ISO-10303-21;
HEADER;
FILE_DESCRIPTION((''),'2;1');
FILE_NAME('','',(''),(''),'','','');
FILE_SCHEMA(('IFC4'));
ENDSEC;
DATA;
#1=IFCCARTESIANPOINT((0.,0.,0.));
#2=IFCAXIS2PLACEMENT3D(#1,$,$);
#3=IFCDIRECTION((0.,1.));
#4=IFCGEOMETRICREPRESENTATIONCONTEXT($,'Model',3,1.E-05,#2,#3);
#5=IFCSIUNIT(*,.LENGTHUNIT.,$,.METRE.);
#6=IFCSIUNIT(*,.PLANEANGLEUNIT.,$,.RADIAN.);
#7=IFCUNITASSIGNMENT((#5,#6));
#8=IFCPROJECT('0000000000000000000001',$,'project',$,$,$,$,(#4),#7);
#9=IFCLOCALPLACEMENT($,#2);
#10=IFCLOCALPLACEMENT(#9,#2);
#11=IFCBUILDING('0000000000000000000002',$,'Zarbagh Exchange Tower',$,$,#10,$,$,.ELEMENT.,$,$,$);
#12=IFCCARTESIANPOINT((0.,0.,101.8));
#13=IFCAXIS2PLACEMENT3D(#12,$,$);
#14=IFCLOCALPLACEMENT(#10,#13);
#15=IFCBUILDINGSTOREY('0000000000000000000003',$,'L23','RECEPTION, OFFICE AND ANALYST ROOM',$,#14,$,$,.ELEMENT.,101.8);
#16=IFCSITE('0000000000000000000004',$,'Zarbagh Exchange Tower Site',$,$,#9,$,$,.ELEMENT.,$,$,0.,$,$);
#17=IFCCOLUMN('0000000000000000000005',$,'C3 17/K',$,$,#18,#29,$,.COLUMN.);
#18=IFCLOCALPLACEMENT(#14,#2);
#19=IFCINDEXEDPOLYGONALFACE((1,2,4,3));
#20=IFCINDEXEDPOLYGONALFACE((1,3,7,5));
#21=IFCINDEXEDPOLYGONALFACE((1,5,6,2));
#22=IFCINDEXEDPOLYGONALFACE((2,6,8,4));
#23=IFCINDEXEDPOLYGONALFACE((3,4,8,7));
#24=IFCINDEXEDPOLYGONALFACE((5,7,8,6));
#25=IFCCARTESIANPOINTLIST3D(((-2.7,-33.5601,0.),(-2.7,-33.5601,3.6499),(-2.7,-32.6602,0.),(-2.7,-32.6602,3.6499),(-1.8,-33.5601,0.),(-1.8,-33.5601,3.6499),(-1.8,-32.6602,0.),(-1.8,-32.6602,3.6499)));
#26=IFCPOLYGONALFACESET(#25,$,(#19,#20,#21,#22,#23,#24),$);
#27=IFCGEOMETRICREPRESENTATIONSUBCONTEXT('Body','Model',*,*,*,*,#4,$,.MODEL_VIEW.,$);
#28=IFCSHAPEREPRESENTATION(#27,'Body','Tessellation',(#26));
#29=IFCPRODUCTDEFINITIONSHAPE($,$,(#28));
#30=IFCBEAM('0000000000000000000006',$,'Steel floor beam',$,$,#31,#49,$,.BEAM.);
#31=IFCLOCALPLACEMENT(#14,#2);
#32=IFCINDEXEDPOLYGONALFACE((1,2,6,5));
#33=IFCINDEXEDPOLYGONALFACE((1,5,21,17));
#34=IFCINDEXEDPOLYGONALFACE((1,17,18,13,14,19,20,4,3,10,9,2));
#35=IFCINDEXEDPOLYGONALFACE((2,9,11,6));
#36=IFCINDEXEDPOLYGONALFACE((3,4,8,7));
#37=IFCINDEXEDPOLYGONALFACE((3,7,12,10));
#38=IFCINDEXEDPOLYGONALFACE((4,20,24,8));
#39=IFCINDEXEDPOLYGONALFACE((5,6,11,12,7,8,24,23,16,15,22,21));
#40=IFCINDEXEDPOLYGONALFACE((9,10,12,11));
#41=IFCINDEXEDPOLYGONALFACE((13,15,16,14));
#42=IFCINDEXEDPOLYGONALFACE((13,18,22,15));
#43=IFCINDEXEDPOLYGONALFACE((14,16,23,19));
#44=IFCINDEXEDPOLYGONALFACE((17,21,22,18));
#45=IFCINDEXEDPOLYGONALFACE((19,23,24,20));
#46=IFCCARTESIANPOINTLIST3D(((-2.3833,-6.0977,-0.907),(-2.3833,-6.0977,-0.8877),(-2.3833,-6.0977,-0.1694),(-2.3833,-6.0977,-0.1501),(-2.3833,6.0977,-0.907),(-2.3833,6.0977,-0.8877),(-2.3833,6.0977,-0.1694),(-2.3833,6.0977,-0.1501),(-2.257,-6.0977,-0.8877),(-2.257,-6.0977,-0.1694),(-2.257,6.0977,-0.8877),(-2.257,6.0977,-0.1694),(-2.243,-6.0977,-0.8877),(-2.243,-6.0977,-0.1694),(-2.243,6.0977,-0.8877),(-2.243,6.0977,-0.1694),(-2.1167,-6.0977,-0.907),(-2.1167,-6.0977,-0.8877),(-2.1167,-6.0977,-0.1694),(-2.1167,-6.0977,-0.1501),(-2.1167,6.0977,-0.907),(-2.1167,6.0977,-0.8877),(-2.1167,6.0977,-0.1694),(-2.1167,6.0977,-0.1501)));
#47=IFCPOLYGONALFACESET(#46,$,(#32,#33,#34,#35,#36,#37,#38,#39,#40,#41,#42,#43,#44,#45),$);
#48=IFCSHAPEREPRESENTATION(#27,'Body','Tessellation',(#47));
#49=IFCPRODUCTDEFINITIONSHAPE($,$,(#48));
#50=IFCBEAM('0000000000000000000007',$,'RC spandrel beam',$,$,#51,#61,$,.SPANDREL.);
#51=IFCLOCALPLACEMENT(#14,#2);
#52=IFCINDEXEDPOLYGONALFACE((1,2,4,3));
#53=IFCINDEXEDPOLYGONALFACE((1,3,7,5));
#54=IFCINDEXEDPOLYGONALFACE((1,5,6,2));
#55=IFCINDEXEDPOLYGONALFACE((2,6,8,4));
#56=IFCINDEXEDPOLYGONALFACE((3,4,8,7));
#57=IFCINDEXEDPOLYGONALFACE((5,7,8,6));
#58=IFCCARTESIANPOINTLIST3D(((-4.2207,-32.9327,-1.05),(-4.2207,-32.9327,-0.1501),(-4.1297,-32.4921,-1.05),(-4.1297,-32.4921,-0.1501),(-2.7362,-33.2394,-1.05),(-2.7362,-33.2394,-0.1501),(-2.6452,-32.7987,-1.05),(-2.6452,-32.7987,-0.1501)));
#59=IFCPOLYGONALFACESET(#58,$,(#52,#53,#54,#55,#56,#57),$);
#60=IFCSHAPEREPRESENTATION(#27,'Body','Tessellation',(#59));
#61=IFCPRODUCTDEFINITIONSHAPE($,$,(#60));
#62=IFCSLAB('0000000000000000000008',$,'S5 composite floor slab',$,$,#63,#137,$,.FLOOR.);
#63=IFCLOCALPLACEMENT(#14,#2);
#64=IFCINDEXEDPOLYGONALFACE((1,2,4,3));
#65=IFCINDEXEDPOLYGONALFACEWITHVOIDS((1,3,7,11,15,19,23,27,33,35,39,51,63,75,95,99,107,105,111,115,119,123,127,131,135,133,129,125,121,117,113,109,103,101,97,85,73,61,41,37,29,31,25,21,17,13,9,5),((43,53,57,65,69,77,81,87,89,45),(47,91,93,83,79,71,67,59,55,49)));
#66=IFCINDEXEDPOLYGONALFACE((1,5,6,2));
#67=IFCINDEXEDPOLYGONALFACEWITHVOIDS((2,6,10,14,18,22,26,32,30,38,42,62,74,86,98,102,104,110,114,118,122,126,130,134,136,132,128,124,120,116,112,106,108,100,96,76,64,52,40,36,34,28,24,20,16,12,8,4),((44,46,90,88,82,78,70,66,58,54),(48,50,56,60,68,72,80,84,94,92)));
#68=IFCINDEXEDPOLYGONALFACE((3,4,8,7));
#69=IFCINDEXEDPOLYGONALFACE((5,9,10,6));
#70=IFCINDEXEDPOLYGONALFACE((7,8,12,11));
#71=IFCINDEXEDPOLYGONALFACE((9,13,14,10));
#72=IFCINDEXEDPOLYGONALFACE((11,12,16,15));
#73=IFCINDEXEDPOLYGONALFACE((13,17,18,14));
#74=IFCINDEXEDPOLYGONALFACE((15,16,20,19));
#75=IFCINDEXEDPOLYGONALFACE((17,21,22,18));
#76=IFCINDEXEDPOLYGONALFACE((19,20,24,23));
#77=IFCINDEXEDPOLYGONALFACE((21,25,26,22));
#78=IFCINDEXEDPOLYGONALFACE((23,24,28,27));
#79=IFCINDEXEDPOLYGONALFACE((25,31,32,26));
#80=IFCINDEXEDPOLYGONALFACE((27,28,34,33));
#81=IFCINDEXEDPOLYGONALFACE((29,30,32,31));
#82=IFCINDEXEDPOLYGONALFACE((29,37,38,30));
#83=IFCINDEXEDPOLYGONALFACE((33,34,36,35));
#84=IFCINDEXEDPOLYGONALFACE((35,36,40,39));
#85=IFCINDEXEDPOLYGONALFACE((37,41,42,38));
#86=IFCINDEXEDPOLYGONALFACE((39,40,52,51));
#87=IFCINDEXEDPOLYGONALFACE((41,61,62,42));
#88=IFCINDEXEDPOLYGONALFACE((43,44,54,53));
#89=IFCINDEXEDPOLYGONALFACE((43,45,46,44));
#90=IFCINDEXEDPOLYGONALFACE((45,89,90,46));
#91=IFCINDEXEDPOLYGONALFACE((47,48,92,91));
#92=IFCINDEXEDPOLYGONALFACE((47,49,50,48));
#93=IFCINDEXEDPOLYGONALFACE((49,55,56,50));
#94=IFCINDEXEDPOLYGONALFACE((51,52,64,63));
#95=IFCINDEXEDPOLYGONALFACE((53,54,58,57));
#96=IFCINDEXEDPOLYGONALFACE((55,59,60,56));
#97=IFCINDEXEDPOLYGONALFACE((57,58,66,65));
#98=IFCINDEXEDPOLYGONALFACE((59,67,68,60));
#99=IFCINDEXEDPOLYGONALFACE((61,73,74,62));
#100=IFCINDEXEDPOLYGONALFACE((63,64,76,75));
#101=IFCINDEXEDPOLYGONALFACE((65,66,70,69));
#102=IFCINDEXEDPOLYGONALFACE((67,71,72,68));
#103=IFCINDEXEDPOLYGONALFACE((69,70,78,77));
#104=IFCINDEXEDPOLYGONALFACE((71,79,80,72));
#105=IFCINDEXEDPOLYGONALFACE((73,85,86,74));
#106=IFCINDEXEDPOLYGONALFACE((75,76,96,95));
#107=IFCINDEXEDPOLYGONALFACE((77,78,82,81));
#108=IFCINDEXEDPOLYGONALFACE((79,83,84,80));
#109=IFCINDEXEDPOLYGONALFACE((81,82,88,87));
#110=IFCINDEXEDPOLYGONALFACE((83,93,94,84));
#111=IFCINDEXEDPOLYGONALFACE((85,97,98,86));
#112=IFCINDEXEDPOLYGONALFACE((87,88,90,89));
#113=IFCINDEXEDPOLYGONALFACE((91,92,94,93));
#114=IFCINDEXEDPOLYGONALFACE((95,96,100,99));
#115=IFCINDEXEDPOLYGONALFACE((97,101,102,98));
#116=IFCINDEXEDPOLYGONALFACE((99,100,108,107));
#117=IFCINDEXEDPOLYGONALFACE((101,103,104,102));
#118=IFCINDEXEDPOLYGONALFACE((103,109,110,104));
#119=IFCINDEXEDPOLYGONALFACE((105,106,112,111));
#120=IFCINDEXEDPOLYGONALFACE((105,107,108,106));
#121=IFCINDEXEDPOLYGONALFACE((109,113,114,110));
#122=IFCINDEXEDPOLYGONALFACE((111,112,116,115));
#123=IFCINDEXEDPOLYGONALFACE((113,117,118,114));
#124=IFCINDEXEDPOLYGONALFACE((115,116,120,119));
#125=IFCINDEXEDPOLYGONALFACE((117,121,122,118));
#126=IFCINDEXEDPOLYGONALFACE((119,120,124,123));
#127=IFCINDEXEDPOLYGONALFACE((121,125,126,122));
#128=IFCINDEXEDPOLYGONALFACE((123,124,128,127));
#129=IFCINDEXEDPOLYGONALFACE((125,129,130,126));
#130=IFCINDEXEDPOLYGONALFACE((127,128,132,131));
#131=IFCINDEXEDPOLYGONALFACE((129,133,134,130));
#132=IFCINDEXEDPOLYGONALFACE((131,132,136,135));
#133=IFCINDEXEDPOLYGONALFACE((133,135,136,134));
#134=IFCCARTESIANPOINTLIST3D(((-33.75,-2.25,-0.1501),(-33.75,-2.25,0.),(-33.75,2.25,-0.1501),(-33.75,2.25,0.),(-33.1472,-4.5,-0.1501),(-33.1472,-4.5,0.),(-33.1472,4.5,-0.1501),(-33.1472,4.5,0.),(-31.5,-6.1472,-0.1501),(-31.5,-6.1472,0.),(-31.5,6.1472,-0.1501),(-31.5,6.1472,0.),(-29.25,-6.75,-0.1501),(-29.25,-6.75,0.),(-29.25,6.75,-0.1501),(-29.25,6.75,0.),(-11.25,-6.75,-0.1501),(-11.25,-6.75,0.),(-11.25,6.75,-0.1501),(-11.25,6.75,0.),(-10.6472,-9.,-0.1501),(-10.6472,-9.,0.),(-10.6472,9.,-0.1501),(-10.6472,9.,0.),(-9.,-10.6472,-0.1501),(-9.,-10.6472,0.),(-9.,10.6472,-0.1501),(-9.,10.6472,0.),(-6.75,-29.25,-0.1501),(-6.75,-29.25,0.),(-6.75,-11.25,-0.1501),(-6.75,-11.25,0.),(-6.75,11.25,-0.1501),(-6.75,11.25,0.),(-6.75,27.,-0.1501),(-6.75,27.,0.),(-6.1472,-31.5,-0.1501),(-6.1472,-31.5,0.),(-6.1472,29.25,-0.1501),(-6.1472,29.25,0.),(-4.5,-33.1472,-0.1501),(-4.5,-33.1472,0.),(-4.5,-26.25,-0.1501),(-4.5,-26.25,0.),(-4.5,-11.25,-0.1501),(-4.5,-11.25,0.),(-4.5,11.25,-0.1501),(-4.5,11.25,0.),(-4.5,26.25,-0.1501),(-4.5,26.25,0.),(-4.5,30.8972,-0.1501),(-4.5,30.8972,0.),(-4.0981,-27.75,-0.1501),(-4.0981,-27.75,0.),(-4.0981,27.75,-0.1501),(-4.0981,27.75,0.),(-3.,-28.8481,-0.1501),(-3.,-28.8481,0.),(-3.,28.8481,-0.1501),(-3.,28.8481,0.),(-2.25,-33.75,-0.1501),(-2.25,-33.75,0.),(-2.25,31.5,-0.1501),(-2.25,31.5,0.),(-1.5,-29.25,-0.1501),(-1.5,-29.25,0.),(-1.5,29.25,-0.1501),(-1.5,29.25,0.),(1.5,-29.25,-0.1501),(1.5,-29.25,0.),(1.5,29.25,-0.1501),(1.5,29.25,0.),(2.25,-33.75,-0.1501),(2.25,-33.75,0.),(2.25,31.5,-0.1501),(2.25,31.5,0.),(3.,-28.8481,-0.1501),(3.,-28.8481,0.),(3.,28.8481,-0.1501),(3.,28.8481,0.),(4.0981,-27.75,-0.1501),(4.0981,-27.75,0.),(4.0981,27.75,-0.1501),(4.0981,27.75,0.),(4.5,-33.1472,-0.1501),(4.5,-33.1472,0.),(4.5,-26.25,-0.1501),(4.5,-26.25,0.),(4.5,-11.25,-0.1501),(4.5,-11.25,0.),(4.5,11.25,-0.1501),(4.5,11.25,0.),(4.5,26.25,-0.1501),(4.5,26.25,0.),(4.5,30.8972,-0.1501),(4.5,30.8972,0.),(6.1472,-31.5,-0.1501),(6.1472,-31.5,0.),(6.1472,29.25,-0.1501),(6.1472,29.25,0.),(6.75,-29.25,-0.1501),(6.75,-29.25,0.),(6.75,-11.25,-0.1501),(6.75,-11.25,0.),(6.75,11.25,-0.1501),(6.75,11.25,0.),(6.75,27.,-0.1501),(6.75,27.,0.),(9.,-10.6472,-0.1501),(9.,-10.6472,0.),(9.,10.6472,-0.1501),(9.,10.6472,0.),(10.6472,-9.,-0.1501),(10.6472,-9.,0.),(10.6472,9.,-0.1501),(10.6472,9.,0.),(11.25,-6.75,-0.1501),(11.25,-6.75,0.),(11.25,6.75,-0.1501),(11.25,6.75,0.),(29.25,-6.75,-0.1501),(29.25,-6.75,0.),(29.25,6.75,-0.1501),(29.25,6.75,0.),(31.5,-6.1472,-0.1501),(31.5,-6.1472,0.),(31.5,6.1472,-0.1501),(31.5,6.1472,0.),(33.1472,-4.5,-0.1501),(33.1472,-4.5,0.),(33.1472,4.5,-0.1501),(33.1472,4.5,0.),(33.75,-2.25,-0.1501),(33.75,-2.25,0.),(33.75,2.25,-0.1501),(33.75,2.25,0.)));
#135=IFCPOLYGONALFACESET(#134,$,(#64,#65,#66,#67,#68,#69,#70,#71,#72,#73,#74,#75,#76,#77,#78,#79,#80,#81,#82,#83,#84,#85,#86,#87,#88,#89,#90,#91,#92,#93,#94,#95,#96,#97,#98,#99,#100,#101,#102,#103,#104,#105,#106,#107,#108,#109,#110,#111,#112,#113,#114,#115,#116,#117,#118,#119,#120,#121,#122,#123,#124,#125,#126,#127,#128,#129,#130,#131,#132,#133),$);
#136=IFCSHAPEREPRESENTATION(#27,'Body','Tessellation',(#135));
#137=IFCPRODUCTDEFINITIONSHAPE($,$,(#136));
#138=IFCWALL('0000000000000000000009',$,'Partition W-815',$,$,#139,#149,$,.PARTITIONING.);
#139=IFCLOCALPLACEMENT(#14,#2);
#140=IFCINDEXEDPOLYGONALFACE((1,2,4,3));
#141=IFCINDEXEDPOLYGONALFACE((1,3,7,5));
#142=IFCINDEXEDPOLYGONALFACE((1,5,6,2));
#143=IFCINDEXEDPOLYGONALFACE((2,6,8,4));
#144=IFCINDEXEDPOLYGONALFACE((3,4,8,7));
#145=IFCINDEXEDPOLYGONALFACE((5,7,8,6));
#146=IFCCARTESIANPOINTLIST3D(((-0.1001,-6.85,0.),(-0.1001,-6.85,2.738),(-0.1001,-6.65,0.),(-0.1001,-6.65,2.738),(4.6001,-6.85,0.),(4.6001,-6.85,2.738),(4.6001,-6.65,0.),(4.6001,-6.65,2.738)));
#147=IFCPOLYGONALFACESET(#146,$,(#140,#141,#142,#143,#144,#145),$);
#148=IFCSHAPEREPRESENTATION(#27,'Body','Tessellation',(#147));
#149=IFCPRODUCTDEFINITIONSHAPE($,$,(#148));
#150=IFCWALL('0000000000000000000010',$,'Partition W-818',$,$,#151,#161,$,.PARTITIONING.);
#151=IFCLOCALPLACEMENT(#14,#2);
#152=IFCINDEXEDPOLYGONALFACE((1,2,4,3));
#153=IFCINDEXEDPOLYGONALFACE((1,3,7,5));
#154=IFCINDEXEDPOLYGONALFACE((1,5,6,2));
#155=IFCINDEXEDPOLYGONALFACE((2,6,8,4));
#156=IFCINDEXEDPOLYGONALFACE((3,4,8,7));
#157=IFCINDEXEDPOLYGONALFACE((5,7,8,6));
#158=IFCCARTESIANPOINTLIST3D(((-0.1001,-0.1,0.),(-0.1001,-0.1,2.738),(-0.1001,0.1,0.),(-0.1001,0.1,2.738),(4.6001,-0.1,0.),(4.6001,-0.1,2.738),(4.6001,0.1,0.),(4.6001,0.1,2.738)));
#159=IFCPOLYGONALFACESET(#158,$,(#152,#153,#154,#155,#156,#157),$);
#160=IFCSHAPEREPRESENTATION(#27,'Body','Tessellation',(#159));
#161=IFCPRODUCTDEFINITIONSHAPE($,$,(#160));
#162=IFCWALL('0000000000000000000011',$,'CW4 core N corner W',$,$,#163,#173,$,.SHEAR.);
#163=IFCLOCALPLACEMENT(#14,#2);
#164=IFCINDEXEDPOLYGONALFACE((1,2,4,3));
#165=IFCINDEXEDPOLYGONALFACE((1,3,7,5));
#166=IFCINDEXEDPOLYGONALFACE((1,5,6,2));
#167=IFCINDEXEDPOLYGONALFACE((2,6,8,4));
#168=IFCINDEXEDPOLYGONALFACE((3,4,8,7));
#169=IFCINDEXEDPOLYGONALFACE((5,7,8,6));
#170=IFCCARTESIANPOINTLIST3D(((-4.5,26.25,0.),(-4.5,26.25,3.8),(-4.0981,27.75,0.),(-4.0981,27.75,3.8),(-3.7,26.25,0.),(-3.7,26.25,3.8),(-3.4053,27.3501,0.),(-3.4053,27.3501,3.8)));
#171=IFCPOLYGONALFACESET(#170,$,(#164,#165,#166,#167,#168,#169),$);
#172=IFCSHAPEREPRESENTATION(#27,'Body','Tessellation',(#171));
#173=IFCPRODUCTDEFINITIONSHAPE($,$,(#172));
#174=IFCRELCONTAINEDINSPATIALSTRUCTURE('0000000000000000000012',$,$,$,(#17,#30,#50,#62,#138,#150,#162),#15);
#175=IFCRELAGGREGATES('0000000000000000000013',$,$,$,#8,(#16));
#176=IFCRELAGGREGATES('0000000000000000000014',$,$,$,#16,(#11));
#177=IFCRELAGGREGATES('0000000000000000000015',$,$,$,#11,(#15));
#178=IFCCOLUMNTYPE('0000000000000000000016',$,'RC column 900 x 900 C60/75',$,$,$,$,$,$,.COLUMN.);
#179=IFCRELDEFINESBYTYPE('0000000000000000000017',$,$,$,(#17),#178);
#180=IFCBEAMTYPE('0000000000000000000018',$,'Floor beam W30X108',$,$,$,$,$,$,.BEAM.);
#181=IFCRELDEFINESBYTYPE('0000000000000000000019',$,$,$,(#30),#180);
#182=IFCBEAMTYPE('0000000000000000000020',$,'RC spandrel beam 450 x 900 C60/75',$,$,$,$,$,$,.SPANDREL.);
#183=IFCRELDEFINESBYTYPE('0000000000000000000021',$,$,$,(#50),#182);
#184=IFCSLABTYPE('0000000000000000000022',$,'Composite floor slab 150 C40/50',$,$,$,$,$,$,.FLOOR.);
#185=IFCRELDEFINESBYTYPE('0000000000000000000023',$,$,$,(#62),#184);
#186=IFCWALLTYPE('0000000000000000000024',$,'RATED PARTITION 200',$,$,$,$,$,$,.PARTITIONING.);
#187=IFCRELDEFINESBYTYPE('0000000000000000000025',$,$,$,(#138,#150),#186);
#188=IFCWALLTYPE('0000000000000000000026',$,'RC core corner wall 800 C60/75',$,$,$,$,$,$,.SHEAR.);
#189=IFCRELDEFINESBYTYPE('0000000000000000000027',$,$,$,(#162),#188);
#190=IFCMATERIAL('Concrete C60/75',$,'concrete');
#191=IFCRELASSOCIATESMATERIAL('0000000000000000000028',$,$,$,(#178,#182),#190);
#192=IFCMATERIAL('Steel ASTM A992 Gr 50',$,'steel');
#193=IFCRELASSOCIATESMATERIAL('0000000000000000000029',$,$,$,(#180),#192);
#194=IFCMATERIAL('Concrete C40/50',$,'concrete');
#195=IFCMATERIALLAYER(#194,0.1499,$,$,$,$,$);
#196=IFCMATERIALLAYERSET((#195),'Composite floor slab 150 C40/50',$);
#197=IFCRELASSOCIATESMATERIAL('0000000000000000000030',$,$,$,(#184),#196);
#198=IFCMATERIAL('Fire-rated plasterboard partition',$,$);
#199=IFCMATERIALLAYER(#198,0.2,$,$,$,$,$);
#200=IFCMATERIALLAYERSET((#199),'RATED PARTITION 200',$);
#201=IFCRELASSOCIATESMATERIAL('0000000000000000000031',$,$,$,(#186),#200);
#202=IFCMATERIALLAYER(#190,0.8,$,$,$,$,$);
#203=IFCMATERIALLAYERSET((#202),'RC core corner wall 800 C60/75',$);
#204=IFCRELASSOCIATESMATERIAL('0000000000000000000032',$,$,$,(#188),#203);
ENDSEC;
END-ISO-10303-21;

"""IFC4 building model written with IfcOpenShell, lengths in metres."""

from ifc_helpers import new_model, si_unit, direction, frame, frame_2d, origin, origin_2d, place, context, subcontext, project, spatial, polyline, rectangle, i_section, outline, extrude, material, layer, layer_set, material_profile, profile_set, type_object, element, save


model = new_model("IFC4")

# Units and contexts
model_context = context("Model", 3, precision=1e-05, world=origin(), true_north=direction((0.0, 1.0)))
body_context = subcontext(model_context, "Body", "Model", "MODEL_VIEW")
ifc_project = project(units=[si_unit("LENGTHUNIT", "METRE"), si_unit("PLANEANGLEUNIT", "RADIAN")], contexts=[model_context])

# Site, building, storey
site_placement = place(None, origin())
site = spatial("IfcSite", under=ifc_project, at=site_placement, Name="Zarbagh Exchange Tower Site", CompositionType="ELEMENT", RefElevation=0.0)
building_placement = place(site_placement, origin())
building = spatial("IfcBuilding", under=site, at=building_placement, Name="Zarbagh Exchange Tower", CompositionType="ELEMENT")
storey_placement = place(building_placement, frame((0.0, 0.0, 101.8)))
storey = spatial("IfcBuildingStorey", under=building, at=storey_placement, Name="L23", Description="RECEPTION, OFFICE AND ANALYST ROOM", CompositionType="ELEMENT", Elevation=101.8)

# Column
ifc_material_1 = material(Name="Concrete C60/75", Category="concrete")
ifc_material_profile_1 = material_profile(ifc_material_1, rectangle(XDim=0.8999, YDim=0.8999, at=origin_2d()), Name="RC column 900 x 900 C60/75")
ifc_profile_set_1 = profile_set([ifc_material_profile_1], Name="Concrete C60/75")
column_type = type_object("IfcColumnType", Name="RC column 900 x 900 C60/75", PredefinedType="COLUMN", material=ifc_profile_set_1)
column_placement = place(storey_placement, frame((-2.25, -33.1101, 0.0), z_axis=(0.0, 0.0, 1.0), x_axis=(1.0, 0.0, 0.0)))
element("IfcColumn", 1, at=column_placement, inside=storey, type_object=column_type, Name="C3 17/K", PredefinedType="COLUMN", context=body_context, shape_type="SweptSolid", body=[
    extrude(rectangle(XDim=0.8999, YDim=0.8999, at=origin_2d()), origin(), (0.0, 0.0, 1.0), 3.6499),
])

# Beams
ifc_material_2 = material(Name="Steel ASTM A992 Gr 50", Category="steel")
ifc_material_profile_2 = material_profile(ifc_material_2, i_section(OverallWidth=0.2666, OverallDepth=0.7568, WebThickness=0.0139, FlangeThickness=0.0193, at=origin_2d()), Name="W30X108")
ifc_profile_set_2 = profile_set([ifc_material_profile_2], Name="Steel ASTM A992 Gr 50")
beam_type_1 = type_object("IfcBeamType", Name="Floor beam W30X108", PredefinedType="BEAM", material=ifc_profile_set_2)
beam_1_placement = place(storey_placement, frame((-2.25, -6.0977, -0.5286), z_axis=(0.0, 1.0, 0.0), x_axis=(-1.0, 0.0, 0.0)))
element("IfcBeam", 2, at=beam_1_placement, inside=storey, type_object=beam_type_1, Name="Steel floor beam", PredefinedType="BEAM", context=body_context, shape_type="SweptSolid", body=[
    extrude(i_section(OverallWidth=0.2666, OverallDepth=0.7568, WebThickness=0.0139, FlangeThickness=0.0193, at=origin_2d()), origin(), (0.0, 0.0, 1.0), 12.1953),
])
ifc_material_profile_3 = material_profile(ifc_material_1, rectangle(XDim=0.45, YDim=0.8999, at=origin_2d()), Name="RC spandrel beam 450 x 900 C60/75")
ifc_profile_set_3 = profile_set([ifc_material_profile_3], Name="Concrete C60/75")
beam_type_2 = type_object("IfcBeamType", Name="RC spandrel beam 450 x 900 C60/75", PredefinedType="SPANDREL", material=ifc_profile_set_3)
beam_2_placement = place(storey_placement, frame((-2.6907, -33.019, -0.6001), z_axis=(-0.979329, 0.202275, 0.0), x_axis=(-0.202275, -0.979329, 0.0)))
element("IfcBeam", 3, at=beam_2_placement, inside=storey, type_object=beam_type_2, Name="RC spandrel beam", PredefinedType="SPANDREL", context=body_context, shape_type="SweptSolid", body=[
    extrude(rectangle(XDim=0.45, YDim=0.8999, at=origin_2d()), origin(), (0.0, 0.0, 1.0), 1.5159),
])

# Slab
ifc_material_3 = material(Name="Concrete C40/50", Category="concrete")
ifc_layer_1 = layer(ifc_material_3, 0.1499)
ifc_layer_set_1 = layer_set([ifc_layer_1], Name="Composite floor slab 150 C40/50")
slab_type = type_object("IfcSlabType", Name="Composite floor slab 150 C40/50", PredefinedType="FLOOR", material=ifc_layer_set_1)
slab_placement = place(storey_placement, frame((0.0, 0.0, -0.1501)))
element("IfcSlab", 4, at=slab_placement, inside=storey, type_object=slab_type, Name="S5 composite floor slab", PredefinedType="FLOOR", context=body_context, shape_type="SweptSolid", body=[
    extrude(outline(polyline([(-2.25, -33.75), (-4.5, -33.1472), (-6.1472, -31.5), (-6.75, -29.25), (-6.75, -11.25), (-9.0, -10.6472), (-10.6472, -9.0), (-11.25, -6.75), (-29.25, -6.75), (-31.5, -6.1472), (-33.1472, -4.5), (-33.75, -2.25), (-33.75, 2.25), (-33.1472, 4.5), (-31.5, 6.1472), (-29.25, 6.75), (-11.25, 6.75), (-10.6472, 9.0), (-9.0, 10.6472), (-6.75, 11.25), (-6.75, 27.0), (-6.1472, 29.25), (-4.5, 30.8972), (-2.25, 31.5), (2.25, 31.5), (4.5, 30.8972), (6.1472, 29.25), (6.75, 27.0), (6.75, 11.25), (9.0, 10.6472), (10.6472, 9.0), (11.25, 6.75), (29.25, 6.75), (31.5, 6.1472), (33.1472, 4.5), (33.75, 2.25), (33.75, -2.25), (33.1472, -4.5), (31.5, -6.1472), (29.25, -6.75), (11.25, -6.75), (10.6472, -9.0), (9.0, -10.6472), (6.75, -11.25), (6.75, -29.25), (6.1472, -31.5), (4.5, -33.1472), (2.25, -33.75), (-2.25, -33.75)]), holes=[polyline([(4.5, 11.25), (4.5, 26.25), (4.0981, 27.75), (3.0, 28.8481), (1.5, 29.25), (-1.5, 29.25), (-3.0, 28.8481), (-4.0981, 27.75), (-4.5, 26.25), (-4.5, 11.25), (4.5, 11.25)]), polyline([(-1.5, -29.25), (1.5, -29.25), (3.0, -28.8481), (4.0981, -27.75), (4.5, -26.25), (4.5, -11.25), (-4.5, -11.25), (-4.5, -26.25), (-4.0981, -27.75), (-3.0, -28.8481), (-1.5, -29.25)])]), origin(), (0.0, 0.0, 1.0), 0.1501),
])

# Walls
ifc_material_4 = material(Name="Fire-rated plasterboard partition")
ifc_layer_2 = layer(ifc_material_4, 0.2)
ifc_layer_set_2 = layer_set([ifc_layer_2], Name="RATED PARTITION 200")
wall_type_1 = type_object("IfcWallType", Name="RATED PARTITION 200", PredefinedType="PARTITIONING", material=ifc_layer_set_2)
for number, where, z_axis, x_axis, name in (
    (5, (-0.1001, -6.75, 0.0), (0.0, 0.0, 1.0), (1.0, 0.0, 0.0), "Partition W-815"),
    (6, (-0.1001, 0.0, 0.0), (0.0, 0.0, 1.0), (1.0, 0.0, 0.0), "Partition W-818"),
):
    element("IfcWall", number, at=place(storey_placement, frame(where, z_axis=z_axis, x_axis=x_axis)), inside=storey, type_object=wall_type_1, Name=name, PredefinedType="PARTITIONING", context=body_context, shape_type="SweptSolid", body=[
        extrude(rectangle(XDim=4.7002, YDim=0.2, at=frame_2d((2.3501, 0.0))), origin(), (0.0, 0.0, 1.0), 2.738),
    ])
ifc_layer_3 = layer(ifc_material_1, 0.8)
ifc_layer_set_3 = layer_set([ifc_layer_3], Name="RC core corner wall 800 C60/75")
wall_type_2 = type_object("IfcWallType", Name="RC core corner wall 800 C60/75", PredefinedType="SHEAR", material=ifc_layer_set_3)
wall_1_placement = place(storey_placement, origin())
element("IfcWall", 7, at=wall_1_placement, inside=storey, type_object=wall_type_2, Name="CW4 core N corner W", PredefinedType="SHEAR", context=body_context, shape_type="SweptSolid", body=[
    extrude(outline(polyline([(-4.5, 26.25), (-4.0981, 27.75), (-3.4053, 27.3501), (-3.7, 26.25), (-4.5, 26.25)])), origin(), (0.0, 0.0, 1.0), 3.8),
])

save(model, "model.ifc")
